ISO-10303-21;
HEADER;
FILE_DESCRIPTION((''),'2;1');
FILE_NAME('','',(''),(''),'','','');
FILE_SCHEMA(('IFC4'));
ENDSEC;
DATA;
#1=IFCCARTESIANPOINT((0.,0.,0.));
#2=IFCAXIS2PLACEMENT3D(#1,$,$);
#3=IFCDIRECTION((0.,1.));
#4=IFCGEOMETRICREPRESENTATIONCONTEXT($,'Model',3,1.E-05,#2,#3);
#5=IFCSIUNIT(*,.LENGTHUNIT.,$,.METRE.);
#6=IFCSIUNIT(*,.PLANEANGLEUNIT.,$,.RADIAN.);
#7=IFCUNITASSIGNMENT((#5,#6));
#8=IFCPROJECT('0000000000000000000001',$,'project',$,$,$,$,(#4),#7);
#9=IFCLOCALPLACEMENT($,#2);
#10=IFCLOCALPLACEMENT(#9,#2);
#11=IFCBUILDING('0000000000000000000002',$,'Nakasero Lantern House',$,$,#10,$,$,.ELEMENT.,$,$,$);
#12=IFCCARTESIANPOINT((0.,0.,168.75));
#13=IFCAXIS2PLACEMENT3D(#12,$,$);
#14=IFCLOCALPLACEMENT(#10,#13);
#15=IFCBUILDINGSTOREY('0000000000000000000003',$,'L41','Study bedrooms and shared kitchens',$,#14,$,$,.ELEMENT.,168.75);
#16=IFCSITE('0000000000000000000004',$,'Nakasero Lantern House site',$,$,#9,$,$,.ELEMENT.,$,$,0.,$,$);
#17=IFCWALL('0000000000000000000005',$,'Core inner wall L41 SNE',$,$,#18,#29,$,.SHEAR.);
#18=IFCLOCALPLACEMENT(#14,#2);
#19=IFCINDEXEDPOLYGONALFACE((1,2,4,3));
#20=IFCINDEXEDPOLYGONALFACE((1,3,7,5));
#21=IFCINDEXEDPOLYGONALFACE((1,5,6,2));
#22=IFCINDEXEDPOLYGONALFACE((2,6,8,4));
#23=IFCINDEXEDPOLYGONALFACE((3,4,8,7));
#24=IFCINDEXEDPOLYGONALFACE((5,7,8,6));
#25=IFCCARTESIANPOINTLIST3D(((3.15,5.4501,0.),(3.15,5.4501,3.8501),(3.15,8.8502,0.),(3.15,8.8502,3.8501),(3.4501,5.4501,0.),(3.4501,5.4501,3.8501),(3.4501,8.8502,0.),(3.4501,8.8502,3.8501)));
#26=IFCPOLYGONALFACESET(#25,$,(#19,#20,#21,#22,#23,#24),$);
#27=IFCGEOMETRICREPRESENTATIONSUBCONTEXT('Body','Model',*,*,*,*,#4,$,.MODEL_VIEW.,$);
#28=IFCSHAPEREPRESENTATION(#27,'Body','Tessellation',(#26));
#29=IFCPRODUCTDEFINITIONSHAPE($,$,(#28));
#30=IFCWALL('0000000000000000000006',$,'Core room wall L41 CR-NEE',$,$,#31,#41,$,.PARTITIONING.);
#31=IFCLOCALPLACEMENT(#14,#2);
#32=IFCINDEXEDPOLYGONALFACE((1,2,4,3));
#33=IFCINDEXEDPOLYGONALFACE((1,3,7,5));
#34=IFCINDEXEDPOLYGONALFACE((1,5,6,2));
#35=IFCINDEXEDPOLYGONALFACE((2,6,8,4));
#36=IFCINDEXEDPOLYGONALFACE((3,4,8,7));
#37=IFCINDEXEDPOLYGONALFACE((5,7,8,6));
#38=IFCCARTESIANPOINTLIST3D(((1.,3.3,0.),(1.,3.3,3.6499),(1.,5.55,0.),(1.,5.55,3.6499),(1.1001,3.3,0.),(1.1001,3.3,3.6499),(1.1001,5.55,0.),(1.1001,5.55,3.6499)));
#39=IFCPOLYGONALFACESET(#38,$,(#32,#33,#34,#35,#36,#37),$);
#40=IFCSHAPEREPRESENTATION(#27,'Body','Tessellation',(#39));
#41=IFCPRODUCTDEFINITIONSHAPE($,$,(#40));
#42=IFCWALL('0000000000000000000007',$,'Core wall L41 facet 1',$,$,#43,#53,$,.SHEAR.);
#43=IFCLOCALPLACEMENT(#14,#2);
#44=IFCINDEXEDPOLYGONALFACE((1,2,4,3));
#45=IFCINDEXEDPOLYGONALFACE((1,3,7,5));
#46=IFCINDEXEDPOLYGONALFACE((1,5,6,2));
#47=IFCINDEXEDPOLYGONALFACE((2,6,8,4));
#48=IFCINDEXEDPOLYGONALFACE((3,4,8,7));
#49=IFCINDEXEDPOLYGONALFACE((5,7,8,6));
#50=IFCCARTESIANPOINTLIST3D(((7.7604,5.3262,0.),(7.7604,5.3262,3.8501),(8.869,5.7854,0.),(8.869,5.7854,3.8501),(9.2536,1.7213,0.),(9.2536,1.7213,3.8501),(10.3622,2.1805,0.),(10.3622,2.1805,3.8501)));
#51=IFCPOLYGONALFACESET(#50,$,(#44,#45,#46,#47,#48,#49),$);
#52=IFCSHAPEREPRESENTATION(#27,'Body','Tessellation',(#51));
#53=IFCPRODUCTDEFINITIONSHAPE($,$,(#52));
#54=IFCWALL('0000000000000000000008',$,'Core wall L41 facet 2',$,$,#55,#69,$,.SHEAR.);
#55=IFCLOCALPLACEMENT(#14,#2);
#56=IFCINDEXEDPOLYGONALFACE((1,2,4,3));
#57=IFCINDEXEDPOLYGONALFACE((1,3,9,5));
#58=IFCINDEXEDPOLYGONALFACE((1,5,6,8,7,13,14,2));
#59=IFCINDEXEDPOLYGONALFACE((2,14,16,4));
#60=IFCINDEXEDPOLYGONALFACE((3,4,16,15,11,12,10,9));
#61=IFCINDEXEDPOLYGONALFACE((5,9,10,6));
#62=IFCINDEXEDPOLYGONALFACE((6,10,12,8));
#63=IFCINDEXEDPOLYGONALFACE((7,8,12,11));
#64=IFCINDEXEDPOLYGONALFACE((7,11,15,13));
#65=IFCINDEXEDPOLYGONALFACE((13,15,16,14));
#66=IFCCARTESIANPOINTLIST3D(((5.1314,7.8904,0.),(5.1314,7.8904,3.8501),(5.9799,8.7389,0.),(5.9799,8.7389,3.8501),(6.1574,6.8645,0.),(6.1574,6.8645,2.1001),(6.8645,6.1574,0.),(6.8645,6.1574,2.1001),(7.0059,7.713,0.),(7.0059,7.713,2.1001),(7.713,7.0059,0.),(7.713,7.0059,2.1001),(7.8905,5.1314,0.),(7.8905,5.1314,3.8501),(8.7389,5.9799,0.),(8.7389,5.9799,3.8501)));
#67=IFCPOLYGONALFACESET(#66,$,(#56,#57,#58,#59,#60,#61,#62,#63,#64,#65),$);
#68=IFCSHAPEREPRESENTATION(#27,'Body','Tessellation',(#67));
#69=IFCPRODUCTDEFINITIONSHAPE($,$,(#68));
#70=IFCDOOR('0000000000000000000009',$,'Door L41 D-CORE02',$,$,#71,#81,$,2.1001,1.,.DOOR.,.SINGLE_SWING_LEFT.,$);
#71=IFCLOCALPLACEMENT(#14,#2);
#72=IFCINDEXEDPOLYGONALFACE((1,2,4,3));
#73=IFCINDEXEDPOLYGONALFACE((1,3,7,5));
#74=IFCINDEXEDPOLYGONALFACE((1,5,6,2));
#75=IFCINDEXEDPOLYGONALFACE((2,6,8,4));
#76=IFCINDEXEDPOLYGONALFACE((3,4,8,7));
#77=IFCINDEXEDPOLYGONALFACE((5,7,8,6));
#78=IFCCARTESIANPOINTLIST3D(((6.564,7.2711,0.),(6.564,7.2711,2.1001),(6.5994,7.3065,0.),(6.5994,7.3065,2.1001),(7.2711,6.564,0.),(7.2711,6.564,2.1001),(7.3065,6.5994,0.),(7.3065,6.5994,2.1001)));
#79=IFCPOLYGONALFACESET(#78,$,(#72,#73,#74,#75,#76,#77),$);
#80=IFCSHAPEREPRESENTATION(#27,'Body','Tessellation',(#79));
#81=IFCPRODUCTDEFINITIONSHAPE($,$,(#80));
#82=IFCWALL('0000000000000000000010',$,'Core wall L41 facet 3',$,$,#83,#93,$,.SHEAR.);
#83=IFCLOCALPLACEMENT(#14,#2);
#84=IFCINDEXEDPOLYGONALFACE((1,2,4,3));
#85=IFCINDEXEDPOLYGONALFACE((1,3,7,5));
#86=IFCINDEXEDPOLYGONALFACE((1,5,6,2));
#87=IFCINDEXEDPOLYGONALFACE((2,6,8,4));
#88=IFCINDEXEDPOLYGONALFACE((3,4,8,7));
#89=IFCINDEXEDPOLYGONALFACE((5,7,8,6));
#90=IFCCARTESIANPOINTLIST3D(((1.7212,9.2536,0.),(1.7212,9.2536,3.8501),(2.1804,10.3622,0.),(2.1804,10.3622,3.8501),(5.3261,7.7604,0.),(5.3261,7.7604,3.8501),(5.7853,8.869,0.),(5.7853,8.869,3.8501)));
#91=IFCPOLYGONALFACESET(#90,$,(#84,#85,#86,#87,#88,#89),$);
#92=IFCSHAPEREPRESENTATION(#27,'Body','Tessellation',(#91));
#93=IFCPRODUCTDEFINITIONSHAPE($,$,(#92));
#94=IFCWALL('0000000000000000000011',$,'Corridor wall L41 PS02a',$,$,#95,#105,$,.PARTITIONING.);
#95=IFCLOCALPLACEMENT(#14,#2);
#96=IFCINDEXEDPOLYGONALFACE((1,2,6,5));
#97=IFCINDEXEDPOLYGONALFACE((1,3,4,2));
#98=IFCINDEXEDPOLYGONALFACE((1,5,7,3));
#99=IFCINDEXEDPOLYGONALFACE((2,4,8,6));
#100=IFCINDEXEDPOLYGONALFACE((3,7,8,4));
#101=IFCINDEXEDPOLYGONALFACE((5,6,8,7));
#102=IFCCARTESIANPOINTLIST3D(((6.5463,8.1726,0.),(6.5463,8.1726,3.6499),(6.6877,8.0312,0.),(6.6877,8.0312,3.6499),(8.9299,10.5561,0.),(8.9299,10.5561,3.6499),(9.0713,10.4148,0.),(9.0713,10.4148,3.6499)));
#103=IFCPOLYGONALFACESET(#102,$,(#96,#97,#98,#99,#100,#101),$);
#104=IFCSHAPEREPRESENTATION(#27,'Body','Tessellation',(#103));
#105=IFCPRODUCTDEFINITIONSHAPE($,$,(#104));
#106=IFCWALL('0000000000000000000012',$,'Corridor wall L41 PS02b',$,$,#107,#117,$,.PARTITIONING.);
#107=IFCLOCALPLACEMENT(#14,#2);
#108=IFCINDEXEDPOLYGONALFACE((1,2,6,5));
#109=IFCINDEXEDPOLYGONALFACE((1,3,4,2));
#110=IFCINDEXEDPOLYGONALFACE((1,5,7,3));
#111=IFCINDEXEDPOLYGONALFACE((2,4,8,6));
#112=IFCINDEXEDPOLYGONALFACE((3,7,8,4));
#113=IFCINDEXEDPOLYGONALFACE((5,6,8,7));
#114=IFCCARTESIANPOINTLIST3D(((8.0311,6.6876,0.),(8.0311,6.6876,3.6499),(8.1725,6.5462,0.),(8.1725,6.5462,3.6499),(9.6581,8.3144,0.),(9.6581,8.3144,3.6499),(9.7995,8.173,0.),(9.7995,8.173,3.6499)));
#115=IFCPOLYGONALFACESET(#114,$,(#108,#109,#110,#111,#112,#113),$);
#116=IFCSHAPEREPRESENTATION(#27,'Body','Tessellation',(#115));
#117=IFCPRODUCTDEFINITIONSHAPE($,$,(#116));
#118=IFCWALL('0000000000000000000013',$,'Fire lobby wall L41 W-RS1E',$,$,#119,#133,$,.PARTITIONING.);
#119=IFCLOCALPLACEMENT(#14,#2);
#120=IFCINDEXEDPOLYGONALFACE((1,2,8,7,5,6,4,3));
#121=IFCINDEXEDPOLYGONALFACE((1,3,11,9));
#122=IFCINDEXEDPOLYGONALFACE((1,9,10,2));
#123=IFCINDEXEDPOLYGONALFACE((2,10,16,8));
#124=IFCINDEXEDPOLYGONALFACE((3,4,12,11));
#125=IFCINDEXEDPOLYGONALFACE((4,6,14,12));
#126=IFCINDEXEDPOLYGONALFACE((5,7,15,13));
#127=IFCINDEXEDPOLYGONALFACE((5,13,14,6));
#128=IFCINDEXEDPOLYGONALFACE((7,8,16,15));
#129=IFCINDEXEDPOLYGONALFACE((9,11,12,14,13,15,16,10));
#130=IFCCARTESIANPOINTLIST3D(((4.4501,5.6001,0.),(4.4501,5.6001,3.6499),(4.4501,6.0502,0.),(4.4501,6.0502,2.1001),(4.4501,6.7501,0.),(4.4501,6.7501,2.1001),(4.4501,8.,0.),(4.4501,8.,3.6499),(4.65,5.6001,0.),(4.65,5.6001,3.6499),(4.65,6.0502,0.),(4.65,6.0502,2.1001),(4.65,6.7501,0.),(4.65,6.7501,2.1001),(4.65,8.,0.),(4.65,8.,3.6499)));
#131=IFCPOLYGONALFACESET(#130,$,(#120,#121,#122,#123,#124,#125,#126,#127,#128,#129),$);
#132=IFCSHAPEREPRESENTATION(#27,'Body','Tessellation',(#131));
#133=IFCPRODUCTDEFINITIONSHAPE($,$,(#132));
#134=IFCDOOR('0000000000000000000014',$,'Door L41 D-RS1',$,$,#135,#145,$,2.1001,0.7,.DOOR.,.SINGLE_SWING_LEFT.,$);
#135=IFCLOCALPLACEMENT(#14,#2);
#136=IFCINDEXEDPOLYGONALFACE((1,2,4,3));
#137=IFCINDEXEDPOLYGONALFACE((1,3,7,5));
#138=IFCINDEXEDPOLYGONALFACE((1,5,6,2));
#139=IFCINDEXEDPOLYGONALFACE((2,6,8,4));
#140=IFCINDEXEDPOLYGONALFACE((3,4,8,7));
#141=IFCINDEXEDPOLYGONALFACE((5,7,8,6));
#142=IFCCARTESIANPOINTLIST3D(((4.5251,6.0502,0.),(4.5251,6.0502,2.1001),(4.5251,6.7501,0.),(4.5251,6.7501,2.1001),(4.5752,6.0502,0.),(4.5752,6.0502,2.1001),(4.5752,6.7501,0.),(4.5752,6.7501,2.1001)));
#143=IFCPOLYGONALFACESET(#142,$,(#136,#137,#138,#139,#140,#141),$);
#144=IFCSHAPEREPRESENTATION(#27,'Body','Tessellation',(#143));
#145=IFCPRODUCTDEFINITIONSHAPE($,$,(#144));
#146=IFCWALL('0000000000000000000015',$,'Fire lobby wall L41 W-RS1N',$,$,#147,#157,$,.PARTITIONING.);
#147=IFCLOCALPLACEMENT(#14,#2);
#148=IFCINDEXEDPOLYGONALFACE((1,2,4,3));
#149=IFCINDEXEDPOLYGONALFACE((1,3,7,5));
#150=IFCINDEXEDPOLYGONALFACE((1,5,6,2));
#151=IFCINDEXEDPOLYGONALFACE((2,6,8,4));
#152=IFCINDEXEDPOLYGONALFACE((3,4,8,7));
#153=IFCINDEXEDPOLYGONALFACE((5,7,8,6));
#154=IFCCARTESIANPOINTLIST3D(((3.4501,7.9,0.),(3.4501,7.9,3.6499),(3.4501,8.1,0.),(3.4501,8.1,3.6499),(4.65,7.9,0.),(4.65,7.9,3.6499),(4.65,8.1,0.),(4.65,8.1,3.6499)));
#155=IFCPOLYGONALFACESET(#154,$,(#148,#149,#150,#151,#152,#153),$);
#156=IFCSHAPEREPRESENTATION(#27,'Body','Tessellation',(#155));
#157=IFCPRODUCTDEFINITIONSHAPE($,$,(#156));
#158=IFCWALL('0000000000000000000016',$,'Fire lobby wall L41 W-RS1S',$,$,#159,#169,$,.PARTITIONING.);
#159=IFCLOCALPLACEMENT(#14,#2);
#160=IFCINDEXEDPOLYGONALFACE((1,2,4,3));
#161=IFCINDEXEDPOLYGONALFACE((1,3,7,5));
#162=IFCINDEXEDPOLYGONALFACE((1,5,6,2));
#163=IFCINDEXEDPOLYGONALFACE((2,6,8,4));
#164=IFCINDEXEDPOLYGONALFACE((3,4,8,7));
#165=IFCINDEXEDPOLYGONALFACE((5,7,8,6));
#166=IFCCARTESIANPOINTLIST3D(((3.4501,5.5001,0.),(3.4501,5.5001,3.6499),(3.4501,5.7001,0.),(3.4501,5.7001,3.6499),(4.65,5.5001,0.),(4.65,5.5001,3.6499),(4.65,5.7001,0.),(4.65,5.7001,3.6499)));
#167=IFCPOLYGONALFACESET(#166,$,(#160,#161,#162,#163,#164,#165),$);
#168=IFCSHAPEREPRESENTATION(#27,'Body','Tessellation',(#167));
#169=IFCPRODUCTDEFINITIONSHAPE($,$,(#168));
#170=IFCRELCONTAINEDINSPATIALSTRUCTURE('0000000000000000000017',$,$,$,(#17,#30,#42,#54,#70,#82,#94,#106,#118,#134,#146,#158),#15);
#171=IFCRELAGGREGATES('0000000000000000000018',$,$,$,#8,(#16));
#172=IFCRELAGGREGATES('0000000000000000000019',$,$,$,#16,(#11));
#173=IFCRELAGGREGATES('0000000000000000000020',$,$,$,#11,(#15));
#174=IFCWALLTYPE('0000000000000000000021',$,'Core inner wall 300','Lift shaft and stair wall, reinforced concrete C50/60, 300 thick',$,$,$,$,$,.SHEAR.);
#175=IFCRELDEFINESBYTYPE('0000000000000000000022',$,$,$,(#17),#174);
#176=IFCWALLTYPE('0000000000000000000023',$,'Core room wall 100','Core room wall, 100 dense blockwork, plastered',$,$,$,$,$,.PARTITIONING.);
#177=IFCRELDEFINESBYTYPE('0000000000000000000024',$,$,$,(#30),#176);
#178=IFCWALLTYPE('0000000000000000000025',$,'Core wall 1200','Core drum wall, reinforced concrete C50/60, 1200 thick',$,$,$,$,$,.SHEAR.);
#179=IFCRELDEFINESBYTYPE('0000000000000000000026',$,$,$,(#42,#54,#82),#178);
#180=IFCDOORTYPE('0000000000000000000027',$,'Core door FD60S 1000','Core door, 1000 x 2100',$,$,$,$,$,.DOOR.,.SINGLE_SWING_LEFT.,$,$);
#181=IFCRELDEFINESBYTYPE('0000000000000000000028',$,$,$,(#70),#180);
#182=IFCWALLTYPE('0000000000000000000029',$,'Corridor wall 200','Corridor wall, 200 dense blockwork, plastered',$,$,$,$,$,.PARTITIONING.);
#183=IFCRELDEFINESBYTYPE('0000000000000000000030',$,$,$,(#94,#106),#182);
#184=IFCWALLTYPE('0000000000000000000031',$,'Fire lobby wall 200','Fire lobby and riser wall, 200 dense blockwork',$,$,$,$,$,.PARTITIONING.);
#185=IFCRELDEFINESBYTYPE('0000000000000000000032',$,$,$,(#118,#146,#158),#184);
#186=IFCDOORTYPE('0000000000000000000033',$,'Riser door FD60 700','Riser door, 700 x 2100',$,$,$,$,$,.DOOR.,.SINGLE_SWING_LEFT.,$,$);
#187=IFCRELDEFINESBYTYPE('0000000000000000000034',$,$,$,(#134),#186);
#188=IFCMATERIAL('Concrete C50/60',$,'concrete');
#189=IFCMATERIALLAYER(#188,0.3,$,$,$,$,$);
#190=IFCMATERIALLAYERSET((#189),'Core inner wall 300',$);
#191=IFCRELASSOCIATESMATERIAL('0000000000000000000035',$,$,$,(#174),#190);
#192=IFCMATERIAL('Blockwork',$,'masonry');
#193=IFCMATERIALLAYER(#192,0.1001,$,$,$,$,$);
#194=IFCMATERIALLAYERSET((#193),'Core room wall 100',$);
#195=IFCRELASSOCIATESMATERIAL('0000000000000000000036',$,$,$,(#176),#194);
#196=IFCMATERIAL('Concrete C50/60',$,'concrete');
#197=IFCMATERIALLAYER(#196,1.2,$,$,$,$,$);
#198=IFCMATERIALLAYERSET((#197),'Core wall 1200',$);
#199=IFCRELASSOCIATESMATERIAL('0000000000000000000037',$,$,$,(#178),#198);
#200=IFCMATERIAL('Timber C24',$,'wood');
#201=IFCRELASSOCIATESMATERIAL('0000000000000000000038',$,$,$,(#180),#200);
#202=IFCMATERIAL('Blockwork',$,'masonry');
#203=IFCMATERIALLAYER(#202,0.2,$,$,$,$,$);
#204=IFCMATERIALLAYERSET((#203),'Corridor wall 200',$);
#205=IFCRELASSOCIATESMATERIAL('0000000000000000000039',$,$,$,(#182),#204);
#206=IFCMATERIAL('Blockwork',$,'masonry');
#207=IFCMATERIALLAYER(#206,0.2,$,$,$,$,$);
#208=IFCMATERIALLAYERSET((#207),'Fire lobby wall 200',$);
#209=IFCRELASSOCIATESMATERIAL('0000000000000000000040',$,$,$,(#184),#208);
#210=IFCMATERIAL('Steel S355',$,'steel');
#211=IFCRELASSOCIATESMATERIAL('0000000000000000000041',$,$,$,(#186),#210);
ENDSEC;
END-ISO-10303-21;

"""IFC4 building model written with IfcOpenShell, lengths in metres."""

from ifc_helpers import new_model, si_unit, direction, frame, frame_2d, origin, place, context, subcontext, project, spatial, rectangle, extrude, material, layer, layer_set, type_object, element, fill, save


model = new_model("IFC4")

# Units and contexts
model_context = context("Model", 3, precision=1e-05, world=origin(), true_north=direction((0.0, 1.0)))
body_context = subcontext(model_context, "Body", "Model", "MODEL_VIEW")
ifc_project = project(units=[si_unit("LENGTHUNIT", "METRE"), si_unit("PLANEANGLEUNIT", "RADIAN")], contexts=[model_context])

# Site, building, storey
site_placement = place(None, origin())
site = spatial("IfcSite", under=ifc_project, at=site_placement, Name="Nakasero Lantern House site", CompositionType="ELEMENT", RefElevation=0.0)
building_placement = place(site_placement, origin())
building = spatial("IfcBuilding", under=site, at=building_placement, Name="Nakasero Lantern House", CompositionType="ELEMENT")
storey_placement = place(building_placement, frame((0.0, 0.0, 168.75)))
storey = spatial("IfcBuildingStorey", under=building, at=storey_placement, Name="L41", Description="Study bedrooms and shared kitchens", CompositionType="ELEMENT", Elevation=168.75)

# Walls
ifc_material_1 = material(Name="Concrete C50/60", Category="concrete")
ifc_layer_1 = layer(ifc_material_1, 0.3)
ifc_layer_set_1 = layer_set([ifc_layer_1], Name="Core inner wall 300")
wall_type_1 = type_object("IfcWallType", Name="Core inner wall 300", Description="Lift shaft and stair wall, reinforced concrete C50/60, 300 thick", PredefinedType="SHEAR", material=ifc_layer_set_1)
wall_1_placement = place(storey_placement, frame((3.3, 5.45, 0.0), z_axis=(0.0, 0.0, 1.0), x_axis=(0.0, 1.0, 0.0)))
element("IfcWall", 1, at=wall_1_placement, inside=storey, type_object=wall_type_1, Name="Core inner wall L41 SNE", PredefinedType="SHEAR", context=body_context, shape_type="SweptSolid", body=[
    extrude(rectangle(XDim=3.4001, YDim=0.3, at=frame_2d((1.7002, 0.0))), origin(), (0.0, 0.0, 1.0), 3.8501),
])
ifc_material_2 = material(Name="Blockwork", Category="masonry")
ifc_layer_2 = layer(ifc_material_2, 0.1001)
ifc_layer_set_2 = layer_set([ifc_layer_2], Name="Core room wall 100")
wall_type_2 = type_object("IfcWallType", Name="Core room wall 100", Description="Core room wall, 100 dense blockwork, plastered", PredefinedType="PARTITIONING", material=ifc_layer_set_2)
wall_2_placement = place(storey_placement, frame((1.05, 3.3, 0.0), z_axis=(0.0, 0.0, 1.0), x_axis=(0.0, 1.0, 0.0)))
element("IfcWall", 2, at=wall_2_placement, inside=storey, type_object=wall_type_2, Name="Core room wall L41 CR-NEE", PredefinedType="PARTITIONING", context=body_context, shape_type="SweptSolid", body=[
    extrude(rectangle(XDim=2.25, YDim=0.1001, at=frame_2d((1.125, 0.0))), origin(), (0.0, 0.0, 1.0), 3.6499),
])
ifc_material_3 = material(Name="Concrete C50/60", Category="concrete")
ifc_layer_3 = layer(ifc_material_3, 1.2)
ifc_layer_set_3 = layer_set([ifc_layer_3], Name="Core wall 1200")
wall_type_3 = type_object("IfcWallType", Name="Core wall 1200", Description="Core drum wall, reinforced concrete C50/60, 1200 thick", PredefinedType="SHEAR", material=ifc_layer_set_3)
wall_3_placement = place(storey_placement, frame((9.8079, 1.9509, 0.0), z_axis=(0.0, 0.0, 1.0), x_axis=(-0.382691, 0.923877, 0.0)))
element("IfcWall", 3, at=wall_3_placement, inside=storey, type_object=wall_type_3, Name="Core wall L41 facet 1", PredefinedType="SHEAR", context=body_context, shape_type="SweptSolid", body=[
    extrude(rectangle(XDim=3.9019, YDim=1.2, at=frame_2d((1.9509, 0.0))), origin(), (0.0, 0.0, 1.0), 3.8501),
])

# Wall, opening, door
wall_4_placement = place(storey_placement, frame((8.3147, 5.5557, 0.0), z_axis=(0.0, 0.0, 1.0), x_axis=(-0.707107, 0.707107, 0.0)))
wall_4 = element("IfcWall", 4, at=wall_4_placement, inside=storey, type_object=wall_type_3, Name="Core wall L41 facet 2", PredefinedType="SHEAR", context=body_context, shape_type="SweptSolid", body=[
    extrude(rectangle(XDim=3.9019, YDim=1.2, at=frame_2d((1.9509, 0.0))), origin(), (0.0, 0.0, 1.0), 3.8501),
])
opening_1_placement = place(wall_4_placement, frame((1.4509, 0.0, 0.0)))
opening_1 = element("IfcOpeningElement", 5, at=opening_1_placement, cuts=wall_4, PredefinedType="OPENING", context=body_context, shape_type="SweptSolid", body=[
    extrude(rectangle(XDim=1.0, YDim=2.1001, at=frame_2d((0.5, 1.05))), frame((0.0, 0.6199, 0.0), z_axis=(0.0, -1.0, 0.0), x_axis=(1.0, 0.0, 0.0)), (0.0, 0.0, 1.0), 1.24),
])
ifc_material_4 = material(Name="Timber C24", Category="wood")
door_type_1 = type_object("IfcDoorType", Name="Core door FD60S 1000", Description="Core door, 1000 x 2100", OperationType="SINGLE_SWING_LEFT", PredefinedType="DOOR", material=ifc_material_4)
door_1_placement = place(opening_1_placement, origin())
door_1 = element("IfcDoor", 6, at=door_1_placement, inside=storey, type_object=door_type_1, Name="Door L41 D-CORE02", OperationType="SINGLE_SWING_LEFT", OverallHeight=2.1001, OverallWidth=1.0, PredefinedType="DOOR", context=body_context, shape_type="SweptSolid", body=[
    extrude(rectangle(XDim=1.0, YDim=2.1001, at=frame_2d((0.5, 1.05))), frame((0.0, 0.0249, 0.0), z_axis=(0.0, -1.0, 0.0), x_axis=(1.0, 0.0, 0.0)), (0.0, 0.0, 1.0), 0.05),
])
fill(opening_1, door_1)

# Walls
wall_5_placement = place(storey_placement, frame((5.5557, 8.3147, 0.0), z_axis=(0.0, 0.0, 1.0), x_axis=(-0.923877, 0.382691, 0.0)))
element("IfcWall", 7, at=wall_5_placement, inside=storey, type_object=wall_type_3, Name="Core wall L41 facet 3", PredefinedType="SHEAR", context=body_context, shape_type="SweptSolid", body=[
    extrude(rectangle(XDim=3.9019, YDim=1.2, at=frame_2d((1.9509, 0.0))), origin(), (0.0, 0.0, 1.0), 3.8501),
])
ifc_material_5 = material(Name="Blockwork", Category="masonry")
ifc_layer_4 = layer(ifc_material_5, 0.2)
ifc_layer_set_4 = layer_set([ifc_layer_4], Name="Corridor wall 200")
wall_type_4 = type_object("IfcWallType", Name="Corridor wall 200", Description="Corridor wall, 200 dense blockwork, plastered", PredefinedType="PARTITIONING", material=ifc_layer_set_4)
wall_6_placement = place(storey_placement, frame((6.6169, 8.1018, 0.0), z_axis=(0.0, 0.0, 1.0), x_axis=(0.707107, 0.707107, 0.0)))
element("IfcWall", 8, at=wall_6_placement, inside=storey, type_object=wall_type_4, Name="Corridor wall L41 PS02a", PredefinedType="PARTITIONING", context=body_context, shape_type="SweptSolid", body=[
    extrude(rectangle(XDim=3.3708, YDim=0.2, at=frame_2d((1.6855, 0.0))), origin(), (0.0, 0.0, 1.0), 3.6499),
])
wall_7_placement = place(storey_placement, frame((8.1018, 6.6169, 0.0), z_axis=(0.0, 0.0, 1.0), x_axis=(0.70716, 0.707054, 0.0)))
element("IfcWall", 9, at=wall_7_placement, inside=storey, type_object=wall_type_4, Name="Corridor wall L41 PS02b", PredefinedType="PARTITIONING", context=body_context, shape_type="SweptSolid", body=[
    extrude(rectangle(XDim=2.3008, YDim=0.2, at=frame_2d((1.1504, 0.0))), origin(), (0.0, 0.0, 1.0), 3.6499),
])

# Wall, opening, door
ifc_material_6 = material(Name="Blockwork", Category="masonry")
ifc_layer_5 = layer(ifc_material_6, 0.2)
ifc_layer_set_5 = layer_set([ifc_layer_5], Name="Fire lobby wall 200")
wall_type_5 = type_object("IfcWallType", Name="Fire lobby wall 200", Description="Fire lobby and riser wall, 200 dense blockwork", PredefinedType="PARTITIONING", material=ifc_layer_set_5)
wall_8_placement = place(storey_placement, frame((4.55, 5.6001, 0.0), z_axis=(0.0, 0.0, 1.0), x_axis=(0.0, 1.0, 0.0)))
wall_8 = element("IfcWall", 10, at=wall_8_placement, inside=storey, type_object=wall_type_5, Name="Fire lobby wall L41 W-RS1E", PredefinedType="PARTITIONING", context=body_context, shape_type="SweptSolid", body=[
    extrude(rectangle(XDim=2.3999, YDim=0.2, at=frame_2d((1.2, 0.0))), origin(), (0.0, 0.0, 1.0), 3.6499),
])
opening_2_placement = place(wall_8_placement, frame((0.45, 0.0, 0.0)))
opening_2 = element("IfcOpeningElement", 11, at=opening_2_placement, cuts=wall_8, PredefinedType="OPENING", context=body_context, shape_type="SweptSolid", body=[
    extrude(rectangle(XDim=0.7, YDim=2.1001, at=frame_2d((0.3501, 1.05))), frame((0.0, 0.1199, 0.0), z_axis=(0.0, -1.0, 0.0), x_axis=(1.0, 0.0, 0.0)), (0.0, 0.0, 1.0), 0.24),
])
ifc_material_7 = material(Name="Steel S355", Category="steel")
door_type_2 = type_object("IfcDoorType", Name="Riser door FD60 700", Description="Riser door, 700 x 2100", OperationType="SINGLE_SWING_LEFT", PredefinedType="DOOR", material=ifc_material_7)
door_2_placement = place(opening_2_placement, origin())
door_2 = element("IfcDoor", 12, at=door_2_placement, inside=storey, type_object=door_type_2, Name="Door L41 D-RS1", OperationType="SINGLE_SWING_LEFT", OverallHeight=2.1001, OverallWidth=0.7, PredefinedType="DOOR", context=body_context, shape_type="SweptSolid", body=[
    extrude(rectangle(XDim=0.7, YDim=2.1001, at=frame_2d((0.3501, 1.05))), frame((0.0, 0.0249, 0.0), z_axis=(0.0, -1.0, 0.0), x_axis=(1.0, 0.0, 0.0)), (0.0, 0.0, 1.0), 0.05),
])
fill(opening_2, door_2)

# Walls
for number, where, z_axis, x_axis, name in (
    (13, (3.45, 8.0, 0.0), (0.0, 0.0, 1.0), (1.0, 0.0, 0.0), "Fire lobby wall L41 W-RS1N"),
    (14, (3.45, 5.6001, 0.0), (0.0, 0.0, 1.0), (1.0, 0.0, 0.0), "Fire lobby wall L41 W-RS1S"),
):
    element("IfcWall", number, at=place(storey_placement, frame(where, z_axis=z_axis, x_axis=x_axis)), inside=storey, type_object=wall_type_5, Name=name, PredefinedType="PARTITIONING", context=body_context, shape_type="SweptSolid", body=[
        extrude(rectangle(XDim=1.2, YDim=0.2, at=frame_2d((0.6001, 0.0))), origin(), (0.0, 0.0, 1.0), 3.6499),
    ])

save(model, "model.ifc")
